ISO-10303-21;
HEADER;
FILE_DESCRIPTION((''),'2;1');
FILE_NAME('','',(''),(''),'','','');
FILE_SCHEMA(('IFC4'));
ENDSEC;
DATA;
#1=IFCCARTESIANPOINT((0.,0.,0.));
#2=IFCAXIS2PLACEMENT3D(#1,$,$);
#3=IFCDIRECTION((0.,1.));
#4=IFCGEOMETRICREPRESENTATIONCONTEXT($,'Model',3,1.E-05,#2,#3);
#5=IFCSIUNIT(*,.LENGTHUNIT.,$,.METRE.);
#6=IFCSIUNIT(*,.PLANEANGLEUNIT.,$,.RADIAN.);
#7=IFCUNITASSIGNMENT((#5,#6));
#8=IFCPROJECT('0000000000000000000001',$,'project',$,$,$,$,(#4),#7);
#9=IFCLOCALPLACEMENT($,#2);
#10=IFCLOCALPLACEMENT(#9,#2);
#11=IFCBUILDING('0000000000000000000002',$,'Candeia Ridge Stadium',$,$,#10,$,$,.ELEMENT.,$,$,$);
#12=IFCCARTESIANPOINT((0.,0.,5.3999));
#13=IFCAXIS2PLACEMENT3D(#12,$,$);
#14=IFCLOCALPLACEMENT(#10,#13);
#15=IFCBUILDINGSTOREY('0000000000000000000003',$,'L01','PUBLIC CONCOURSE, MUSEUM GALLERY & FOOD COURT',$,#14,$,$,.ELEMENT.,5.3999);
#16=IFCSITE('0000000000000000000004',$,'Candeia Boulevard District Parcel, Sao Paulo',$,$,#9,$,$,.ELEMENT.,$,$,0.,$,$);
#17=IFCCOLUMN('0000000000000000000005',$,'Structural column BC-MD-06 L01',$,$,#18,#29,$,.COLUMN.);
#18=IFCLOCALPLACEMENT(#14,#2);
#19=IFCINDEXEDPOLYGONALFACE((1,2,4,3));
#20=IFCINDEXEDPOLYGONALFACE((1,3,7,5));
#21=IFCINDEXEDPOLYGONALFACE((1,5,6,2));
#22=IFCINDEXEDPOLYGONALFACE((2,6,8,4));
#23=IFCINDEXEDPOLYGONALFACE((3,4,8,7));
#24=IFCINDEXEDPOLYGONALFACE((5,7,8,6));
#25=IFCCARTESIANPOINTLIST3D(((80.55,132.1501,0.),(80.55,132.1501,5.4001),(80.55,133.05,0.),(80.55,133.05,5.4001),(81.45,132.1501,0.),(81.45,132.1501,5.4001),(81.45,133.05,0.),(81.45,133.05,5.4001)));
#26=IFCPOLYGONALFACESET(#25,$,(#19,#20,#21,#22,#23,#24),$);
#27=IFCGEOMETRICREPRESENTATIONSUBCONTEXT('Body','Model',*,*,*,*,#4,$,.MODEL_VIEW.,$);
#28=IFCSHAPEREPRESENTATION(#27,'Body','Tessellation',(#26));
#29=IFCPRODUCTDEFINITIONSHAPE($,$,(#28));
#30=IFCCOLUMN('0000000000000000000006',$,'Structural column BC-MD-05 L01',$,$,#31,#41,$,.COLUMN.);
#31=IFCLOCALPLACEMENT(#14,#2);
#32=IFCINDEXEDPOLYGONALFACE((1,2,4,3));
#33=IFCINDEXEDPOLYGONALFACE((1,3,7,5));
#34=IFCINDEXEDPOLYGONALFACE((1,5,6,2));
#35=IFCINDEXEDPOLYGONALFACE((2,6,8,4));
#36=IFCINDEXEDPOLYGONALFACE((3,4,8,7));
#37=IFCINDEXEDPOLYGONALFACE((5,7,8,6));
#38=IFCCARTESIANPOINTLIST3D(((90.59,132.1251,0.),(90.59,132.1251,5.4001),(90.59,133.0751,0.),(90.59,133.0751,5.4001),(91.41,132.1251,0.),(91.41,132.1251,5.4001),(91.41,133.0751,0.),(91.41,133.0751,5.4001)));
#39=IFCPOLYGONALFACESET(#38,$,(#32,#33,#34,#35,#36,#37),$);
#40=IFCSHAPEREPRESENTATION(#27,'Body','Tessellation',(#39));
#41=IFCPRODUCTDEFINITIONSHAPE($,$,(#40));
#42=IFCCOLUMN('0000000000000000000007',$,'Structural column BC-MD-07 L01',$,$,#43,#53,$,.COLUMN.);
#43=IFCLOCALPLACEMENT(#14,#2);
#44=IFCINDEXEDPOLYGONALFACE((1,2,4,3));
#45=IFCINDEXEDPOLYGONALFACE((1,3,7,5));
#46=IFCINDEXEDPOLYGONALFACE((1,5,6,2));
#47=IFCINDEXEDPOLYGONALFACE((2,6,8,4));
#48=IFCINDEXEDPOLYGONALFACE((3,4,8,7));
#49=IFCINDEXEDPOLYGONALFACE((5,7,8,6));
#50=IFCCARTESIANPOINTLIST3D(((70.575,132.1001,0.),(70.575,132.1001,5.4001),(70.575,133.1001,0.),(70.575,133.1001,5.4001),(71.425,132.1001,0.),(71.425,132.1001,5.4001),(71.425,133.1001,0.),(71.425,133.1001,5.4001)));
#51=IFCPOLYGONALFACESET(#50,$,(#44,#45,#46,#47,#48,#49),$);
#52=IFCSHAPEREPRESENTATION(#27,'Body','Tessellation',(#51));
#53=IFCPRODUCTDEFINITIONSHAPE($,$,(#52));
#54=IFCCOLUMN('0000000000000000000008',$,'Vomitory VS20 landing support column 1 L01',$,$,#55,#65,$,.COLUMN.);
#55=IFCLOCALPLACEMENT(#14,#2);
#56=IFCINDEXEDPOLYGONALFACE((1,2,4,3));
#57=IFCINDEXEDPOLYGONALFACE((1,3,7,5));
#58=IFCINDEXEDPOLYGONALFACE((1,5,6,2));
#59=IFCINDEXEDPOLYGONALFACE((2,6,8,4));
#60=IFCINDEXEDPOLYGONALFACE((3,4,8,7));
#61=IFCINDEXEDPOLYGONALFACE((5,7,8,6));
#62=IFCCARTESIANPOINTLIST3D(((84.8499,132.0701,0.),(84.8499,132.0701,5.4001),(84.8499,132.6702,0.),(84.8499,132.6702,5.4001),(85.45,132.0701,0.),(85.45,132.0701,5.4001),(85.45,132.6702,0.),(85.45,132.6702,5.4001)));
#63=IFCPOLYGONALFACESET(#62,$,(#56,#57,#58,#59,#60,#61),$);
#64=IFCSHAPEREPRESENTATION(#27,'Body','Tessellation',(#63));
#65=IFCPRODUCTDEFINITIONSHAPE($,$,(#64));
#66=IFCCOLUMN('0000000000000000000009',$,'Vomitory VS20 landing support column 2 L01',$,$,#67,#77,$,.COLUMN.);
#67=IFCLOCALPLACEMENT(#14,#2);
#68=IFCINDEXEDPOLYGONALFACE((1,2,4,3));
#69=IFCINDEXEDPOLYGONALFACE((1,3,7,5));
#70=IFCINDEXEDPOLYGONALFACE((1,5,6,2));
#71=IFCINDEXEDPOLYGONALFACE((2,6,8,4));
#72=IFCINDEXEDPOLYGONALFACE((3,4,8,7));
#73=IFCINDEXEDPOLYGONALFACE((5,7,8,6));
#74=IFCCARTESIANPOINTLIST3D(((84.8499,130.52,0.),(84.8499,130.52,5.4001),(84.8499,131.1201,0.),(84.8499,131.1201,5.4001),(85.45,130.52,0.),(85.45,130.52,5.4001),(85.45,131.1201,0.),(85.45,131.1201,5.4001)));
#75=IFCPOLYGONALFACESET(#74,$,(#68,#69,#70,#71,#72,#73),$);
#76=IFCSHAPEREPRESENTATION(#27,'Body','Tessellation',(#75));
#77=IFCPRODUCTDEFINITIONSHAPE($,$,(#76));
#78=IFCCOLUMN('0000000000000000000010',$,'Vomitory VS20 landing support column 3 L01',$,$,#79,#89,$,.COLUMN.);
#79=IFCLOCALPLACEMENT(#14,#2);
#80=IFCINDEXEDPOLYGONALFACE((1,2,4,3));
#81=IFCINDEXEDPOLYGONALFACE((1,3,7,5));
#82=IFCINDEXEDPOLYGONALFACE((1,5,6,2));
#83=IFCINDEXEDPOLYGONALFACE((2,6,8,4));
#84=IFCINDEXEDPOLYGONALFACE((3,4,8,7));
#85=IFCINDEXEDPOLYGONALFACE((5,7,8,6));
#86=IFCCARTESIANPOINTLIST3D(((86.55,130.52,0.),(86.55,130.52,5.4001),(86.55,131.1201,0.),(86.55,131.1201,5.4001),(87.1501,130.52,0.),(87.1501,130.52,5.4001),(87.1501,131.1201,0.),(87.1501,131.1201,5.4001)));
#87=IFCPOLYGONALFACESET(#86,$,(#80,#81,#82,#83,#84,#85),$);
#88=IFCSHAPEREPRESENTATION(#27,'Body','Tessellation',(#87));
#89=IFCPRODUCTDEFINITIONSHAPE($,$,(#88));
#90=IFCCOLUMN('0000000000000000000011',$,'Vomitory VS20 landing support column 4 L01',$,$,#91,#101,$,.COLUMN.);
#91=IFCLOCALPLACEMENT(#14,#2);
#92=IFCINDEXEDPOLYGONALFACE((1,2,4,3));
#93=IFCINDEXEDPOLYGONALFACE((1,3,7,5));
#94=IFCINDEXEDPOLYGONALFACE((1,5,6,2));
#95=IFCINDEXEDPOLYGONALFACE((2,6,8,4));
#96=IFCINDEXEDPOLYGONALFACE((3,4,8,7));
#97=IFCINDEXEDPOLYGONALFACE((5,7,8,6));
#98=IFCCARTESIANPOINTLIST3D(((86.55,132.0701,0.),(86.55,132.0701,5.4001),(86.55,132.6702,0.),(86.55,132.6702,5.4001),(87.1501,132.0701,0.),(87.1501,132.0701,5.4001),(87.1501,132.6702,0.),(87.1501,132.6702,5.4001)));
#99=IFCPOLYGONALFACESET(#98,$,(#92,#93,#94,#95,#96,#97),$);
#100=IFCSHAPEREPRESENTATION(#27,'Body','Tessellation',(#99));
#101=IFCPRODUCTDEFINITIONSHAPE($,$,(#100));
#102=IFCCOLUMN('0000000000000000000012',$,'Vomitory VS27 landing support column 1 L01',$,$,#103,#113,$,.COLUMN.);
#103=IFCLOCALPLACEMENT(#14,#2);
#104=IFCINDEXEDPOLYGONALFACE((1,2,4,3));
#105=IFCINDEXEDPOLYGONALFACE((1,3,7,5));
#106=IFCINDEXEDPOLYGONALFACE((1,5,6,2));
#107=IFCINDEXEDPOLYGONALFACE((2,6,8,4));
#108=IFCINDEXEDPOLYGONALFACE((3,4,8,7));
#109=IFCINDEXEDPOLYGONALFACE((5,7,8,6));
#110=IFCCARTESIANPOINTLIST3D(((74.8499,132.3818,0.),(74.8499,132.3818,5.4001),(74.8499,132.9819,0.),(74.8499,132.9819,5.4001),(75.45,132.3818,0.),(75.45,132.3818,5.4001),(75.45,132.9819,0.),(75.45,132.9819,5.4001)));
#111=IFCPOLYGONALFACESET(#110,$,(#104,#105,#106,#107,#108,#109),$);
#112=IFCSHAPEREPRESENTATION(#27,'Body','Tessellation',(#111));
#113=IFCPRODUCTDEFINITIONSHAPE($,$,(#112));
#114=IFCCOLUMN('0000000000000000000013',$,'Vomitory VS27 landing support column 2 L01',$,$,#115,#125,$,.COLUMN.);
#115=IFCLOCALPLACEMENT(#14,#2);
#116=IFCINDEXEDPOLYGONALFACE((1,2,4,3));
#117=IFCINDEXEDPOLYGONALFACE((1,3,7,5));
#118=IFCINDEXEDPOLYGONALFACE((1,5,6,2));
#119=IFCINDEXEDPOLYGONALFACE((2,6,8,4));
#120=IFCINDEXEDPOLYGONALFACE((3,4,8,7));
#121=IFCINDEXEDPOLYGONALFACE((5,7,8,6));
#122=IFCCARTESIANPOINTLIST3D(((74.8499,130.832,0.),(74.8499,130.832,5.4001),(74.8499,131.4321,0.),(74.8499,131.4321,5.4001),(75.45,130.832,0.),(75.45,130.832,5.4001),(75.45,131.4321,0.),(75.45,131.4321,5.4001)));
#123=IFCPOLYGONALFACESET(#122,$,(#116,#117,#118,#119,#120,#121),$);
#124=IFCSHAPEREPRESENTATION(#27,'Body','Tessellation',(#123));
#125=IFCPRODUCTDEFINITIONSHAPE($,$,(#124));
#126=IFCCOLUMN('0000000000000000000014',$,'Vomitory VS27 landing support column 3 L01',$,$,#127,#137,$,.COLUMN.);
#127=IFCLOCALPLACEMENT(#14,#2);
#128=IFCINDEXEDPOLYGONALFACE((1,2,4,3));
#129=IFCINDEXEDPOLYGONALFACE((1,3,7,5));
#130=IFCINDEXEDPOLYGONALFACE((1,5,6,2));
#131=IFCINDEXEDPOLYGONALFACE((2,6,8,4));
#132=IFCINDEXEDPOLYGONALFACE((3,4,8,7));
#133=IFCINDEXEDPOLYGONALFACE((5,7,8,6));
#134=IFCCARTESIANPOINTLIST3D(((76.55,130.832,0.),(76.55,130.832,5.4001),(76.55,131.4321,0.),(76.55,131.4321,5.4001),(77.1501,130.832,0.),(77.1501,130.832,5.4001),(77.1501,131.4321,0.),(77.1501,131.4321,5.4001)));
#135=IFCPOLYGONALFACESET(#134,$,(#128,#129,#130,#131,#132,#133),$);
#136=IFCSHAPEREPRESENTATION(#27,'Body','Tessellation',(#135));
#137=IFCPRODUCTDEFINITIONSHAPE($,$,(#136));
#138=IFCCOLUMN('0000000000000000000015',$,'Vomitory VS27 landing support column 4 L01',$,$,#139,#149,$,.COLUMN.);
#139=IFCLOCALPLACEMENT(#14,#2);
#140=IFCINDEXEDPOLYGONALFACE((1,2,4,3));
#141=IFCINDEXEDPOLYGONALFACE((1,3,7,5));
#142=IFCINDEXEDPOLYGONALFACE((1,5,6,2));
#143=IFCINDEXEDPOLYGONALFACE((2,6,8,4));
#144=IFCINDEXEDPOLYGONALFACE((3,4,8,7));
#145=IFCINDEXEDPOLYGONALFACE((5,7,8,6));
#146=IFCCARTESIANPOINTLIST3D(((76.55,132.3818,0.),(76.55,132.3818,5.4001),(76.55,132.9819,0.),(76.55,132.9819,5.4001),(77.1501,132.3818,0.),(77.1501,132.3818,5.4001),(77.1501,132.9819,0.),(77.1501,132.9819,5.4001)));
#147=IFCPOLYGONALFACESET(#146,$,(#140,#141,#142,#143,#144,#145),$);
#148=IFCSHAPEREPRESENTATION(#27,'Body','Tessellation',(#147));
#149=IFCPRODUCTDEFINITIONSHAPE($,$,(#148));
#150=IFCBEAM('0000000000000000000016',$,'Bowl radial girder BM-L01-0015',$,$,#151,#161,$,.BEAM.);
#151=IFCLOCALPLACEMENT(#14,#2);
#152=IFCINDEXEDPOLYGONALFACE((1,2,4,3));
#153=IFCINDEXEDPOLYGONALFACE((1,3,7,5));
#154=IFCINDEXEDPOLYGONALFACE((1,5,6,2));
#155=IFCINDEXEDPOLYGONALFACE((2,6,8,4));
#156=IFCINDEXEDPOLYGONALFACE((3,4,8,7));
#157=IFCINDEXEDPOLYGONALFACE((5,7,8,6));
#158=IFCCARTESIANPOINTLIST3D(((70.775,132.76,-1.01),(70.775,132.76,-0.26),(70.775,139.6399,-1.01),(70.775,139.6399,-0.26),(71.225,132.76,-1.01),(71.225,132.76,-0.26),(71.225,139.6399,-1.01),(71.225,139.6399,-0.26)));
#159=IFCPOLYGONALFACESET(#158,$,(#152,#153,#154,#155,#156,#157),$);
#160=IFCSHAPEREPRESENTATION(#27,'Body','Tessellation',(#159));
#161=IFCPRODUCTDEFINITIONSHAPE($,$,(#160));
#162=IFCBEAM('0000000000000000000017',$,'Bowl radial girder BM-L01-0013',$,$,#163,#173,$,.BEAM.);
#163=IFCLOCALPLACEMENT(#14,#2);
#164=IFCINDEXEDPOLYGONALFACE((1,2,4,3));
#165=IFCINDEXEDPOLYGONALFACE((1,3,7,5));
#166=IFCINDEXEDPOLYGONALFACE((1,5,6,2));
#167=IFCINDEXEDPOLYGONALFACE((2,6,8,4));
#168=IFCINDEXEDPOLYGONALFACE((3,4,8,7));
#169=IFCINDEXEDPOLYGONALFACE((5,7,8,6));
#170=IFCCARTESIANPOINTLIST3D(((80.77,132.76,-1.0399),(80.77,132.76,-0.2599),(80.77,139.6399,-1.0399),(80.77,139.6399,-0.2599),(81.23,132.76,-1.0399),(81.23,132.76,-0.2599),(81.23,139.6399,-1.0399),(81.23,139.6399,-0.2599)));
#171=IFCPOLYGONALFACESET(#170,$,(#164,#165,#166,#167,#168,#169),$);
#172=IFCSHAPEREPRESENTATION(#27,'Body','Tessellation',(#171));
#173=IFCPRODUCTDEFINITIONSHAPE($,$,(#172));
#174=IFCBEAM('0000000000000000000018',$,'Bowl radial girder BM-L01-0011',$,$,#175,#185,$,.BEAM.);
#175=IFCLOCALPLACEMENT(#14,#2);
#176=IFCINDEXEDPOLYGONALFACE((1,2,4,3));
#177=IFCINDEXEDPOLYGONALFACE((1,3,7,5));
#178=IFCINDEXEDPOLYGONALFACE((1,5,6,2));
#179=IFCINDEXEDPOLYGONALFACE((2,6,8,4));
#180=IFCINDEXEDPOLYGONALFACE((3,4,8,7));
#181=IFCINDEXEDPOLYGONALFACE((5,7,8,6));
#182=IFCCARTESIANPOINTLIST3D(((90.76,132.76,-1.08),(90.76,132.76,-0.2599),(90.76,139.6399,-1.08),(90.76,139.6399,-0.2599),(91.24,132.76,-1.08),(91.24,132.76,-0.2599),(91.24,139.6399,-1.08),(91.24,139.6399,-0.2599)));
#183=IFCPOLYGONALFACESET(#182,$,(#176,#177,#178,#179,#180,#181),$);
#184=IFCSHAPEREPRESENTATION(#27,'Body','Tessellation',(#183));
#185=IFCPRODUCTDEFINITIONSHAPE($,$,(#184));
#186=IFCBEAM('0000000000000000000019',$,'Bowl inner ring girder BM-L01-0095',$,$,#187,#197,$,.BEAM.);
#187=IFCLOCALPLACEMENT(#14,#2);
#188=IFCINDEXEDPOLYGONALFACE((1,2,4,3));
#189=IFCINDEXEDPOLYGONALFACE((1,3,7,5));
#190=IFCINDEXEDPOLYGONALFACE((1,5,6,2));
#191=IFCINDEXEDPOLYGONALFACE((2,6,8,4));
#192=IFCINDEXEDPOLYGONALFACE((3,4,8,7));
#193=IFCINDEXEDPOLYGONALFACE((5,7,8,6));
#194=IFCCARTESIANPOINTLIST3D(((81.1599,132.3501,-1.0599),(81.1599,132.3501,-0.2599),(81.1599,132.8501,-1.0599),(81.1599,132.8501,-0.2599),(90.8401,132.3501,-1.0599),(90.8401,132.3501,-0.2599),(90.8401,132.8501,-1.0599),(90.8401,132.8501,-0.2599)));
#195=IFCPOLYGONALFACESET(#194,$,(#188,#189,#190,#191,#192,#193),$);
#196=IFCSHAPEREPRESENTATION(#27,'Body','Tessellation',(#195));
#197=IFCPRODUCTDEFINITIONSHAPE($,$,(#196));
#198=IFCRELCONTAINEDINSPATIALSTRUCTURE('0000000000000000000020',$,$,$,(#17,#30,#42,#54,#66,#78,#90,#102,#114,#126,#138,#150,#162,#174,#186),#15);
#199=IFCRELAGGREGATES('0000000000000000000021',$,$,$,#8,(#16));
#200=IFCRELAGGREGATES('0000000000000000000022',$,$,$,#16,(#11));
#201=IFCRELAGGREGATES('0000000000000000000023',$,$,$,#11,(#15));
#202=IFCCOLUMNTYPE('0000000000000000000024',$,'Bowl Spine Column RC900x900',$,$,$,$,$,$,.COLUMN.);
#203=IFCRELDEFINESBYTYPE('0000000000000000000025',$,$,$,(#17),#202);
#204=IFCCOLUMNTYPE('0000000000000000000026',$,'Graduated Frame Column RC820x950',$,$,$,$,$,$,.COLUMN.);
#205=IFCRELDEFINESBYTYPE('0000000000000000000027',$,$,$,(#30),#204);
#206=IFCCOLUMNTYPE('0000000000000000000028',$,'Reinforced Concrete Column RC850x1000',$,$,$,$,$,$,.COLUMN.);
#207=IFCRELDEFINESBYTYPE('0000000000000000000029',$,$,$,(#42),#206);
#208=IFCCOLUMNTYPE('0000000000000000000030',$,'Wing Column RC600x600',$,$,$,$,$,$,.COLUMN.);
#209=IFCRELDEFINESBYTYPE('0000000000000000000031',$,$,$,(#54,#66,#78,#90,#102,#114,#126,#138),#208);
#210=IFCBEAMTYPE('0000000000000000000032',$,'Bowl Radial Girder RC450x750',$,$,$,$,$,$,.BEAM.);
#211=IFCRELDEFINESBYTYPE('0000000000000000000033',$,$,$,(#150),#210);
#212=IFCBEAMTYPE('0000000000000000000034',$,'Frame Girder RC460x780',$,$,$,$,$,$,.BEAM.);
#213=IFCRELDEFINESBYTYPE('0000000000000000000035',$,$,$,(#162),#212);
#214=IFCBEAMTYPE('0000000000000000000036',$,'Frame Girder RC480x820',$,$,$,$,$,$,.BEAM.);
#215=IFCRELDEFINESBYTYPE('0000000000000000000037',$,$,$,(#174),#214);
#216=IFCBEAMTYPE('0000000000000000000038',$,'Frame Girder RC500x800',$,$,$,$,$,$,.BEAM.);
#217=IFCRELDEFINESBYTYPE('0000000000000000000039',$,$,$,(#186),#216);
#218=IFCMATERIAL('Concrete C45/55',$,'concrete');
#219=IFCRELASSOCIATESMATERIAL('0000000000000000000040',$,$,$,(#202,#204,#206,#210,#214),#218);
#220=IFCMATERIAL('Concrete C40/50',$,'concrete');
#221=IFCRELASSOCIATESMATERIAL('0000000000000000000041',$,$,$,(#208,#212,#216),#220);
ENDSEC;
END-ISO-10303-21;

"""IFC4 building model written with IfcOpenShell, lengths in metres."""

from ifc_helpers import new_model, si_unit, direction, frame, origin, origin_2d, place, context, subcontext, project, spatial, rectangle, extrude, material, material_profile, profile_set, type_object, element, save


model = new_model("IFC4")

# Units and contexts
model_context = context("Model", 3, precision=1e-05, world=origin(), true_north=direction((0.0, 1.0)))
body_context = subcontext(model_context, "Body", "Model", "MODEL_VIEW")
ifc_project = project(units=[si_unit("LENGTHUNIT", "METRE"), si_unit("PLANEANGLEUNIT", "RADIAN")], contexts=[model_context])

# Site, building, storey
site_placement = place(None, origin())
site = spatial("IfcSite", under=ifc_project, at=site_placement, Name="Candeia Boulevard District Parcel, Sao Paulo", CompositionType="ELEMENT", RefElevation=0.0)
building_placement = place(site_placement, origin())
building = spatial("IfcBuilding", under=site, at=building_placement, Name="Candeia Ridge Stadium", CompositionType="ELEMENT")
storey_placement = place(building_placement, frame((0.0, 0.0, 5.3999)))
storey = spatial("IfcBuildingStorey", under=building, at=storey_placement, Name="L01", Description="PUBLIC CONCOURSE, MUSEUM GALLERY & FOOD COURT", CompositionType="ELEMENT", Elevation=5.3999)

# Columns
ifc_material_1 = material(Name="Concrete C45/55", Category="concrete")
ifc_material_profile_1 = material_profile(ifc_material_1, rectangle(XDim=0.8999, YDim=0.8999, at=origin_2d()), Name="RC900x900", Category="concrete")
ifc_profile_set_1 = profile_set([ifc_material_profile_1], Name="Concrete C45/55")
column_type_1 = type_object("IfcColumnType", Name="Bowl Spine Column RC900x900", PredefinedType="COLUMN", material=ifc_profile_set_1)
column_1_placement = place(storey_placement, frame((81.0, 132.6001, 0.0), z_axis=(0.0, 0.0, 1.0), x_axis=(1.0, 0.0, 0.0)))
element("IfcColumn", 1, at=column_1_placement, inside=storey, type_object=column_type_1, Name="Structural column BC-MD-06 L01", PredefinedType="COLUMN", context=body_context, shape_type="SweptSolid", body=[
    extrude(rectangle(XDim=0.8999, YDim=0.8999, at=origin_2d()), origin(), (0.0, 0.0, 1.0), 5.4001),
])
ifc_material_profile_2 = material_profile(ifc_material_1, rectangle(XDim=0.8201, YDim=0.95, at=origin_2d()), Name="RC820x950", Category="concrete")
ifc_profile_set_2 = profile_set([ifc_material_profile_2], Name="Concrete C45/55")
column_type_2 = type_object("IfcColumnType", Name="Graduated Frame Column RC820x950", PredefinedType="COLUMN", material=ifc_profile_set_2)
column_2_placement = place(storey_placement, frame((91.0, 132.6001, 0.0), z_axis=(0.0, 0.0, 1.0), x_axis=(1.0, 0.0, 0.0)))
element("IfcColumn", 2, at=column_2_placement, inside=storey, type_object=column_type_2, Name="Structural column BC-MD-05 L01", PredefinedType="COLUMN", context=body_context, shape_type="SweptSolid", body=[
    extrude(rectangle(XDim=0.8201, YDim=0.95, at=origin_2d()), origin(), (0.0, 0.0, 1.0), 5.4001),
])
ifc_material_profile_3 = material_profile(ifc_material_1, rectangle(XDim=0.8501, YDim=1.0, at=origin_2d()), Name="RC850x1000", Category="concrete")
ifc_profile_set_3 = profile_set([ifc_material_profile_3], Name="Concrete C45/55")
column_type_3 = type_object("IfcColumnType", Name="Reinforced Concrete Column RC850x1000", PredefinedType="COLUMN", material=ifc_profile_set_3)
column_3_placement = place(storey_placement, frame((71.0, 132.6001, 0.0), z_axis=(0.0, 0.0, 1.0), x_axis=(1.0, 0.0, 0.0)))
element("IfcColumn", 3, at=column_3_placement, inside=storey, type_object=column_type_3, Name="Structural column BC-MD-07 L01", PredefinedType="COLUMN", context=body_context, shape_type="SweptSolid", body=[
    extrude(rectangle(XDim=0.8501, YDim=1.0, at=origin_2d()), origin(), (0.0, 0.0, 1.0), 5.4001),
])
ifc_material_2 = material(Name="Concrete C40/50", Category="concrete")
ifc_material_profile_4 = material_profile(ifc_material_2, rectangle(XDim=0.6001, YDim=0.6001, at=origin_2d()), Name="RC600x600", Category="concrete")
ifc_profile_set_4 = profile_set([ifc_material_profile_4], Name="Concrete C40/50")
column_type_4 = type_object("IfcColumnType", Name="Wing Column RC600x600", PredefinedType="COLUMN", material=ifc_profile_set_4)
for number, where, z_axis, x_axis, name in (
    (4, (85.1499, 132.3701, 0.0), (0.0, 0.0, 1.0), (1.0, 0.0, 0.0), "Vomitory VS20 landing support column 1 L01"),
    (5, (85.1499, 130.8201, 0.0), (0.0, 0.0, 1.0), (1.0, 0.0, 0.0), "Vomitory VS20 landing support column 2 L01"),
    (6, (86.8501, 130.8201, 0.0), (0.0, 0.0, 1.0), (1.0, 0.0, 0.0), "Vomitory VS20 landing support column 3 L01"),
    (7, (86.8501, 132.3701, 0.0), (0.0, 0.0, 1.0), (1.0, 0.0, 0.0), "Vomitory VS20 landing support column 4 L01"),
    (8, (75.1499, 132.6819, 0.0), (0.0, 0.0, 1.0), (1.0, 0.0, 0.0), "Vomitory VS27 landing support column 1 L01"),
    (9, (75.1499, 131.1321, 0.0), (0.0, 0.0, 1.0), (1.0, 0.0, 0.0), "Vomitory VS27 landing support column 2 L01"),
    (10, (76.8501, 131.1321, 0.0), (0.0, 0.0, 1.0), (1.0, 0.0, 0.0), "Vomitory VS27 landing support column 3 L01"),
    (11, (76.8501, 132.6819, 0.0), (0.0, 0.0, 1.0), (1.0, 0.0, 0.0), "Vomitory VS27 landing support column 4 L01"),
):
    element("IfcColumn", number, at=place(storey_placement, frame(where, z_axis=z_axis, x_axis=x_axis)), inside=storey, type_object=column_type_4, Name=name, PredefinedType="COLUMN", context=body_context, shape_type="SweptSolid", body=[
        extrude(rectangle(XDim=0.6001, YDim=0.6001, at=origin_2d()), origin(), (0.0, 0.0, 1.0), 5.4001),
    ])

# Beams
ifc_material_profile_5 = material_profile(ifc_material_1, rectangle(XDim=0.45, YDim=0.75, at=origin_2d()), Name="RC450x750", Category="concrete")
ifc_profile_set_5 = profile_set([ifc_material_profile_5], Name="Concrete C45/55")
beam_type_1 = type_object("IfcBeamType", Name="Bowl Radial Girder RC450x750", PredefinedType="BEAM", material=ifc_profile_set_5)
beam_1_placement = place(storey_placement, frame((71.0, 132.76, -0.635), z_axis=(0.0, 1.0, 0.0), x_axis=(-1.0, 0.0, 0.0)))
element("IfcBeam", 12, at=beam_1_placement, inside=storey, type_object=beam_type_1, Name="Bowl radial girder BM-L01-0015", PredefinedType="BEAM", context=body_context, shape_type="SweptSolid", body=[
    extrude(rectangle(XDim=0.45, YDim=0.75, at=origin_2d()), origin(), (0.0, 0.0, 1.0), 6.8799),
])
ifc_material_profile_6 = material_profile(ifc_material_2, rectangle(XDim=0.46, YDim=0.78, at=origin_2d()), Name="RC460x780", Category="concrete")
ifc_profile_set_6 = profile_set([ifc_material_profile_6], Name="Concrete C40/50")
beam_type_2 = type_object("IfcBeamType", Name="Frame Girder RC460x780", PredefinedType="BEAM", material=ifc_profile_set_6)
beam_2_placement = place(storey_placement, frame((81.0, 132.76, -0.6499), z_axis=(0.0, 1.0, 0.0), x_axis=(-1.0, 0.0, 0.0)))
element("IfcBeam", 13, at=beam_2_placement, inside=storey, type_object=beam_type_2, Name="Bowl radial girder BM-L01-0013", PredefinedType="BEAM", context=body_context, shape_type="SweptSolid", body=[
    extrude(rectangle(XDim=0.46, YDim=0.78, at=origin_2d()), origin(), (0.0, 0.0, 1.0), 6.8799),
])
ifc_material_profile_7 = material_profile(ifc_material_1, rectangle(XDim=0.48, YDim=0.8201, at=origin_2d()), Name="RC480x820", Category="concrete")
ifc_profile_set_7 = profile_set([ifc_material_profile_7], Name="Concrete C45/55")
beam_type_3 = type_object("IfcBeamType", Name="Frame Girder RC480x820", PredefinedType="BEAM", material=ifc_profile_set_7)
beam_3_placement = place(storey_placement, frame((91.0, 132.76, -0.6699), z_axis=(0.0, 1.0, 0.0), x_axis=(-1.0, 0.0, 0.0)))
element("IfcBeam", 14, at=beam_3_placement, inside=storey, type_object=beam_type_3, Name="Bowl radial girder BM-L01-0011", PredefinedType="BEAM", context=body_context, shape_type="SweptSolid", body=[
    extrude(rectangle(XDim=0.48, YDim=0.8201, at=origin_2d()), origin(), (0.0, 0.0, 1.0), 6.8799),
])
ifc_material_profile_8 = material_profile(ifc_material_2, rectangle(XDim=0.5, YDim=0.8, at=origin_2d()), Name="RC500x800", Category="concrete")
ifc_profile_set_8 = profile_set([ifc_material_profile_8], Name="Concrete C40/50")
beam_type_4 = type_object("IfcBeamType", Name="Frame Girder RC500x800", PredefinedType="BEAM", material=ifc_profile_set_8)
for number, where, z_axis, x_axis, name in (
    (15, (90.8401, 132.6001, -0.6599), (-1.0, 0.0, 0.0), (0.0, -1.0, 0.0), "Bowl inner ring girder BM-L01-0095"),
):
    element("IfcBeam", number, at=place(storey_placement, frame(where, z_axis=z_axis, x_axis=x_axis)), inside=storey, type_object=beam_type_4, Name=name, PredefinedType="BEAM", context=body_context, shape_type="SweptSolid", body=[
        extrude(rectangle(XDim=0.5, YDim=0.8, at=origin_2d()), origin(), (0.0, 0.0, 1.0), 9.6802),
    ])

save(model, "model.ifc")
